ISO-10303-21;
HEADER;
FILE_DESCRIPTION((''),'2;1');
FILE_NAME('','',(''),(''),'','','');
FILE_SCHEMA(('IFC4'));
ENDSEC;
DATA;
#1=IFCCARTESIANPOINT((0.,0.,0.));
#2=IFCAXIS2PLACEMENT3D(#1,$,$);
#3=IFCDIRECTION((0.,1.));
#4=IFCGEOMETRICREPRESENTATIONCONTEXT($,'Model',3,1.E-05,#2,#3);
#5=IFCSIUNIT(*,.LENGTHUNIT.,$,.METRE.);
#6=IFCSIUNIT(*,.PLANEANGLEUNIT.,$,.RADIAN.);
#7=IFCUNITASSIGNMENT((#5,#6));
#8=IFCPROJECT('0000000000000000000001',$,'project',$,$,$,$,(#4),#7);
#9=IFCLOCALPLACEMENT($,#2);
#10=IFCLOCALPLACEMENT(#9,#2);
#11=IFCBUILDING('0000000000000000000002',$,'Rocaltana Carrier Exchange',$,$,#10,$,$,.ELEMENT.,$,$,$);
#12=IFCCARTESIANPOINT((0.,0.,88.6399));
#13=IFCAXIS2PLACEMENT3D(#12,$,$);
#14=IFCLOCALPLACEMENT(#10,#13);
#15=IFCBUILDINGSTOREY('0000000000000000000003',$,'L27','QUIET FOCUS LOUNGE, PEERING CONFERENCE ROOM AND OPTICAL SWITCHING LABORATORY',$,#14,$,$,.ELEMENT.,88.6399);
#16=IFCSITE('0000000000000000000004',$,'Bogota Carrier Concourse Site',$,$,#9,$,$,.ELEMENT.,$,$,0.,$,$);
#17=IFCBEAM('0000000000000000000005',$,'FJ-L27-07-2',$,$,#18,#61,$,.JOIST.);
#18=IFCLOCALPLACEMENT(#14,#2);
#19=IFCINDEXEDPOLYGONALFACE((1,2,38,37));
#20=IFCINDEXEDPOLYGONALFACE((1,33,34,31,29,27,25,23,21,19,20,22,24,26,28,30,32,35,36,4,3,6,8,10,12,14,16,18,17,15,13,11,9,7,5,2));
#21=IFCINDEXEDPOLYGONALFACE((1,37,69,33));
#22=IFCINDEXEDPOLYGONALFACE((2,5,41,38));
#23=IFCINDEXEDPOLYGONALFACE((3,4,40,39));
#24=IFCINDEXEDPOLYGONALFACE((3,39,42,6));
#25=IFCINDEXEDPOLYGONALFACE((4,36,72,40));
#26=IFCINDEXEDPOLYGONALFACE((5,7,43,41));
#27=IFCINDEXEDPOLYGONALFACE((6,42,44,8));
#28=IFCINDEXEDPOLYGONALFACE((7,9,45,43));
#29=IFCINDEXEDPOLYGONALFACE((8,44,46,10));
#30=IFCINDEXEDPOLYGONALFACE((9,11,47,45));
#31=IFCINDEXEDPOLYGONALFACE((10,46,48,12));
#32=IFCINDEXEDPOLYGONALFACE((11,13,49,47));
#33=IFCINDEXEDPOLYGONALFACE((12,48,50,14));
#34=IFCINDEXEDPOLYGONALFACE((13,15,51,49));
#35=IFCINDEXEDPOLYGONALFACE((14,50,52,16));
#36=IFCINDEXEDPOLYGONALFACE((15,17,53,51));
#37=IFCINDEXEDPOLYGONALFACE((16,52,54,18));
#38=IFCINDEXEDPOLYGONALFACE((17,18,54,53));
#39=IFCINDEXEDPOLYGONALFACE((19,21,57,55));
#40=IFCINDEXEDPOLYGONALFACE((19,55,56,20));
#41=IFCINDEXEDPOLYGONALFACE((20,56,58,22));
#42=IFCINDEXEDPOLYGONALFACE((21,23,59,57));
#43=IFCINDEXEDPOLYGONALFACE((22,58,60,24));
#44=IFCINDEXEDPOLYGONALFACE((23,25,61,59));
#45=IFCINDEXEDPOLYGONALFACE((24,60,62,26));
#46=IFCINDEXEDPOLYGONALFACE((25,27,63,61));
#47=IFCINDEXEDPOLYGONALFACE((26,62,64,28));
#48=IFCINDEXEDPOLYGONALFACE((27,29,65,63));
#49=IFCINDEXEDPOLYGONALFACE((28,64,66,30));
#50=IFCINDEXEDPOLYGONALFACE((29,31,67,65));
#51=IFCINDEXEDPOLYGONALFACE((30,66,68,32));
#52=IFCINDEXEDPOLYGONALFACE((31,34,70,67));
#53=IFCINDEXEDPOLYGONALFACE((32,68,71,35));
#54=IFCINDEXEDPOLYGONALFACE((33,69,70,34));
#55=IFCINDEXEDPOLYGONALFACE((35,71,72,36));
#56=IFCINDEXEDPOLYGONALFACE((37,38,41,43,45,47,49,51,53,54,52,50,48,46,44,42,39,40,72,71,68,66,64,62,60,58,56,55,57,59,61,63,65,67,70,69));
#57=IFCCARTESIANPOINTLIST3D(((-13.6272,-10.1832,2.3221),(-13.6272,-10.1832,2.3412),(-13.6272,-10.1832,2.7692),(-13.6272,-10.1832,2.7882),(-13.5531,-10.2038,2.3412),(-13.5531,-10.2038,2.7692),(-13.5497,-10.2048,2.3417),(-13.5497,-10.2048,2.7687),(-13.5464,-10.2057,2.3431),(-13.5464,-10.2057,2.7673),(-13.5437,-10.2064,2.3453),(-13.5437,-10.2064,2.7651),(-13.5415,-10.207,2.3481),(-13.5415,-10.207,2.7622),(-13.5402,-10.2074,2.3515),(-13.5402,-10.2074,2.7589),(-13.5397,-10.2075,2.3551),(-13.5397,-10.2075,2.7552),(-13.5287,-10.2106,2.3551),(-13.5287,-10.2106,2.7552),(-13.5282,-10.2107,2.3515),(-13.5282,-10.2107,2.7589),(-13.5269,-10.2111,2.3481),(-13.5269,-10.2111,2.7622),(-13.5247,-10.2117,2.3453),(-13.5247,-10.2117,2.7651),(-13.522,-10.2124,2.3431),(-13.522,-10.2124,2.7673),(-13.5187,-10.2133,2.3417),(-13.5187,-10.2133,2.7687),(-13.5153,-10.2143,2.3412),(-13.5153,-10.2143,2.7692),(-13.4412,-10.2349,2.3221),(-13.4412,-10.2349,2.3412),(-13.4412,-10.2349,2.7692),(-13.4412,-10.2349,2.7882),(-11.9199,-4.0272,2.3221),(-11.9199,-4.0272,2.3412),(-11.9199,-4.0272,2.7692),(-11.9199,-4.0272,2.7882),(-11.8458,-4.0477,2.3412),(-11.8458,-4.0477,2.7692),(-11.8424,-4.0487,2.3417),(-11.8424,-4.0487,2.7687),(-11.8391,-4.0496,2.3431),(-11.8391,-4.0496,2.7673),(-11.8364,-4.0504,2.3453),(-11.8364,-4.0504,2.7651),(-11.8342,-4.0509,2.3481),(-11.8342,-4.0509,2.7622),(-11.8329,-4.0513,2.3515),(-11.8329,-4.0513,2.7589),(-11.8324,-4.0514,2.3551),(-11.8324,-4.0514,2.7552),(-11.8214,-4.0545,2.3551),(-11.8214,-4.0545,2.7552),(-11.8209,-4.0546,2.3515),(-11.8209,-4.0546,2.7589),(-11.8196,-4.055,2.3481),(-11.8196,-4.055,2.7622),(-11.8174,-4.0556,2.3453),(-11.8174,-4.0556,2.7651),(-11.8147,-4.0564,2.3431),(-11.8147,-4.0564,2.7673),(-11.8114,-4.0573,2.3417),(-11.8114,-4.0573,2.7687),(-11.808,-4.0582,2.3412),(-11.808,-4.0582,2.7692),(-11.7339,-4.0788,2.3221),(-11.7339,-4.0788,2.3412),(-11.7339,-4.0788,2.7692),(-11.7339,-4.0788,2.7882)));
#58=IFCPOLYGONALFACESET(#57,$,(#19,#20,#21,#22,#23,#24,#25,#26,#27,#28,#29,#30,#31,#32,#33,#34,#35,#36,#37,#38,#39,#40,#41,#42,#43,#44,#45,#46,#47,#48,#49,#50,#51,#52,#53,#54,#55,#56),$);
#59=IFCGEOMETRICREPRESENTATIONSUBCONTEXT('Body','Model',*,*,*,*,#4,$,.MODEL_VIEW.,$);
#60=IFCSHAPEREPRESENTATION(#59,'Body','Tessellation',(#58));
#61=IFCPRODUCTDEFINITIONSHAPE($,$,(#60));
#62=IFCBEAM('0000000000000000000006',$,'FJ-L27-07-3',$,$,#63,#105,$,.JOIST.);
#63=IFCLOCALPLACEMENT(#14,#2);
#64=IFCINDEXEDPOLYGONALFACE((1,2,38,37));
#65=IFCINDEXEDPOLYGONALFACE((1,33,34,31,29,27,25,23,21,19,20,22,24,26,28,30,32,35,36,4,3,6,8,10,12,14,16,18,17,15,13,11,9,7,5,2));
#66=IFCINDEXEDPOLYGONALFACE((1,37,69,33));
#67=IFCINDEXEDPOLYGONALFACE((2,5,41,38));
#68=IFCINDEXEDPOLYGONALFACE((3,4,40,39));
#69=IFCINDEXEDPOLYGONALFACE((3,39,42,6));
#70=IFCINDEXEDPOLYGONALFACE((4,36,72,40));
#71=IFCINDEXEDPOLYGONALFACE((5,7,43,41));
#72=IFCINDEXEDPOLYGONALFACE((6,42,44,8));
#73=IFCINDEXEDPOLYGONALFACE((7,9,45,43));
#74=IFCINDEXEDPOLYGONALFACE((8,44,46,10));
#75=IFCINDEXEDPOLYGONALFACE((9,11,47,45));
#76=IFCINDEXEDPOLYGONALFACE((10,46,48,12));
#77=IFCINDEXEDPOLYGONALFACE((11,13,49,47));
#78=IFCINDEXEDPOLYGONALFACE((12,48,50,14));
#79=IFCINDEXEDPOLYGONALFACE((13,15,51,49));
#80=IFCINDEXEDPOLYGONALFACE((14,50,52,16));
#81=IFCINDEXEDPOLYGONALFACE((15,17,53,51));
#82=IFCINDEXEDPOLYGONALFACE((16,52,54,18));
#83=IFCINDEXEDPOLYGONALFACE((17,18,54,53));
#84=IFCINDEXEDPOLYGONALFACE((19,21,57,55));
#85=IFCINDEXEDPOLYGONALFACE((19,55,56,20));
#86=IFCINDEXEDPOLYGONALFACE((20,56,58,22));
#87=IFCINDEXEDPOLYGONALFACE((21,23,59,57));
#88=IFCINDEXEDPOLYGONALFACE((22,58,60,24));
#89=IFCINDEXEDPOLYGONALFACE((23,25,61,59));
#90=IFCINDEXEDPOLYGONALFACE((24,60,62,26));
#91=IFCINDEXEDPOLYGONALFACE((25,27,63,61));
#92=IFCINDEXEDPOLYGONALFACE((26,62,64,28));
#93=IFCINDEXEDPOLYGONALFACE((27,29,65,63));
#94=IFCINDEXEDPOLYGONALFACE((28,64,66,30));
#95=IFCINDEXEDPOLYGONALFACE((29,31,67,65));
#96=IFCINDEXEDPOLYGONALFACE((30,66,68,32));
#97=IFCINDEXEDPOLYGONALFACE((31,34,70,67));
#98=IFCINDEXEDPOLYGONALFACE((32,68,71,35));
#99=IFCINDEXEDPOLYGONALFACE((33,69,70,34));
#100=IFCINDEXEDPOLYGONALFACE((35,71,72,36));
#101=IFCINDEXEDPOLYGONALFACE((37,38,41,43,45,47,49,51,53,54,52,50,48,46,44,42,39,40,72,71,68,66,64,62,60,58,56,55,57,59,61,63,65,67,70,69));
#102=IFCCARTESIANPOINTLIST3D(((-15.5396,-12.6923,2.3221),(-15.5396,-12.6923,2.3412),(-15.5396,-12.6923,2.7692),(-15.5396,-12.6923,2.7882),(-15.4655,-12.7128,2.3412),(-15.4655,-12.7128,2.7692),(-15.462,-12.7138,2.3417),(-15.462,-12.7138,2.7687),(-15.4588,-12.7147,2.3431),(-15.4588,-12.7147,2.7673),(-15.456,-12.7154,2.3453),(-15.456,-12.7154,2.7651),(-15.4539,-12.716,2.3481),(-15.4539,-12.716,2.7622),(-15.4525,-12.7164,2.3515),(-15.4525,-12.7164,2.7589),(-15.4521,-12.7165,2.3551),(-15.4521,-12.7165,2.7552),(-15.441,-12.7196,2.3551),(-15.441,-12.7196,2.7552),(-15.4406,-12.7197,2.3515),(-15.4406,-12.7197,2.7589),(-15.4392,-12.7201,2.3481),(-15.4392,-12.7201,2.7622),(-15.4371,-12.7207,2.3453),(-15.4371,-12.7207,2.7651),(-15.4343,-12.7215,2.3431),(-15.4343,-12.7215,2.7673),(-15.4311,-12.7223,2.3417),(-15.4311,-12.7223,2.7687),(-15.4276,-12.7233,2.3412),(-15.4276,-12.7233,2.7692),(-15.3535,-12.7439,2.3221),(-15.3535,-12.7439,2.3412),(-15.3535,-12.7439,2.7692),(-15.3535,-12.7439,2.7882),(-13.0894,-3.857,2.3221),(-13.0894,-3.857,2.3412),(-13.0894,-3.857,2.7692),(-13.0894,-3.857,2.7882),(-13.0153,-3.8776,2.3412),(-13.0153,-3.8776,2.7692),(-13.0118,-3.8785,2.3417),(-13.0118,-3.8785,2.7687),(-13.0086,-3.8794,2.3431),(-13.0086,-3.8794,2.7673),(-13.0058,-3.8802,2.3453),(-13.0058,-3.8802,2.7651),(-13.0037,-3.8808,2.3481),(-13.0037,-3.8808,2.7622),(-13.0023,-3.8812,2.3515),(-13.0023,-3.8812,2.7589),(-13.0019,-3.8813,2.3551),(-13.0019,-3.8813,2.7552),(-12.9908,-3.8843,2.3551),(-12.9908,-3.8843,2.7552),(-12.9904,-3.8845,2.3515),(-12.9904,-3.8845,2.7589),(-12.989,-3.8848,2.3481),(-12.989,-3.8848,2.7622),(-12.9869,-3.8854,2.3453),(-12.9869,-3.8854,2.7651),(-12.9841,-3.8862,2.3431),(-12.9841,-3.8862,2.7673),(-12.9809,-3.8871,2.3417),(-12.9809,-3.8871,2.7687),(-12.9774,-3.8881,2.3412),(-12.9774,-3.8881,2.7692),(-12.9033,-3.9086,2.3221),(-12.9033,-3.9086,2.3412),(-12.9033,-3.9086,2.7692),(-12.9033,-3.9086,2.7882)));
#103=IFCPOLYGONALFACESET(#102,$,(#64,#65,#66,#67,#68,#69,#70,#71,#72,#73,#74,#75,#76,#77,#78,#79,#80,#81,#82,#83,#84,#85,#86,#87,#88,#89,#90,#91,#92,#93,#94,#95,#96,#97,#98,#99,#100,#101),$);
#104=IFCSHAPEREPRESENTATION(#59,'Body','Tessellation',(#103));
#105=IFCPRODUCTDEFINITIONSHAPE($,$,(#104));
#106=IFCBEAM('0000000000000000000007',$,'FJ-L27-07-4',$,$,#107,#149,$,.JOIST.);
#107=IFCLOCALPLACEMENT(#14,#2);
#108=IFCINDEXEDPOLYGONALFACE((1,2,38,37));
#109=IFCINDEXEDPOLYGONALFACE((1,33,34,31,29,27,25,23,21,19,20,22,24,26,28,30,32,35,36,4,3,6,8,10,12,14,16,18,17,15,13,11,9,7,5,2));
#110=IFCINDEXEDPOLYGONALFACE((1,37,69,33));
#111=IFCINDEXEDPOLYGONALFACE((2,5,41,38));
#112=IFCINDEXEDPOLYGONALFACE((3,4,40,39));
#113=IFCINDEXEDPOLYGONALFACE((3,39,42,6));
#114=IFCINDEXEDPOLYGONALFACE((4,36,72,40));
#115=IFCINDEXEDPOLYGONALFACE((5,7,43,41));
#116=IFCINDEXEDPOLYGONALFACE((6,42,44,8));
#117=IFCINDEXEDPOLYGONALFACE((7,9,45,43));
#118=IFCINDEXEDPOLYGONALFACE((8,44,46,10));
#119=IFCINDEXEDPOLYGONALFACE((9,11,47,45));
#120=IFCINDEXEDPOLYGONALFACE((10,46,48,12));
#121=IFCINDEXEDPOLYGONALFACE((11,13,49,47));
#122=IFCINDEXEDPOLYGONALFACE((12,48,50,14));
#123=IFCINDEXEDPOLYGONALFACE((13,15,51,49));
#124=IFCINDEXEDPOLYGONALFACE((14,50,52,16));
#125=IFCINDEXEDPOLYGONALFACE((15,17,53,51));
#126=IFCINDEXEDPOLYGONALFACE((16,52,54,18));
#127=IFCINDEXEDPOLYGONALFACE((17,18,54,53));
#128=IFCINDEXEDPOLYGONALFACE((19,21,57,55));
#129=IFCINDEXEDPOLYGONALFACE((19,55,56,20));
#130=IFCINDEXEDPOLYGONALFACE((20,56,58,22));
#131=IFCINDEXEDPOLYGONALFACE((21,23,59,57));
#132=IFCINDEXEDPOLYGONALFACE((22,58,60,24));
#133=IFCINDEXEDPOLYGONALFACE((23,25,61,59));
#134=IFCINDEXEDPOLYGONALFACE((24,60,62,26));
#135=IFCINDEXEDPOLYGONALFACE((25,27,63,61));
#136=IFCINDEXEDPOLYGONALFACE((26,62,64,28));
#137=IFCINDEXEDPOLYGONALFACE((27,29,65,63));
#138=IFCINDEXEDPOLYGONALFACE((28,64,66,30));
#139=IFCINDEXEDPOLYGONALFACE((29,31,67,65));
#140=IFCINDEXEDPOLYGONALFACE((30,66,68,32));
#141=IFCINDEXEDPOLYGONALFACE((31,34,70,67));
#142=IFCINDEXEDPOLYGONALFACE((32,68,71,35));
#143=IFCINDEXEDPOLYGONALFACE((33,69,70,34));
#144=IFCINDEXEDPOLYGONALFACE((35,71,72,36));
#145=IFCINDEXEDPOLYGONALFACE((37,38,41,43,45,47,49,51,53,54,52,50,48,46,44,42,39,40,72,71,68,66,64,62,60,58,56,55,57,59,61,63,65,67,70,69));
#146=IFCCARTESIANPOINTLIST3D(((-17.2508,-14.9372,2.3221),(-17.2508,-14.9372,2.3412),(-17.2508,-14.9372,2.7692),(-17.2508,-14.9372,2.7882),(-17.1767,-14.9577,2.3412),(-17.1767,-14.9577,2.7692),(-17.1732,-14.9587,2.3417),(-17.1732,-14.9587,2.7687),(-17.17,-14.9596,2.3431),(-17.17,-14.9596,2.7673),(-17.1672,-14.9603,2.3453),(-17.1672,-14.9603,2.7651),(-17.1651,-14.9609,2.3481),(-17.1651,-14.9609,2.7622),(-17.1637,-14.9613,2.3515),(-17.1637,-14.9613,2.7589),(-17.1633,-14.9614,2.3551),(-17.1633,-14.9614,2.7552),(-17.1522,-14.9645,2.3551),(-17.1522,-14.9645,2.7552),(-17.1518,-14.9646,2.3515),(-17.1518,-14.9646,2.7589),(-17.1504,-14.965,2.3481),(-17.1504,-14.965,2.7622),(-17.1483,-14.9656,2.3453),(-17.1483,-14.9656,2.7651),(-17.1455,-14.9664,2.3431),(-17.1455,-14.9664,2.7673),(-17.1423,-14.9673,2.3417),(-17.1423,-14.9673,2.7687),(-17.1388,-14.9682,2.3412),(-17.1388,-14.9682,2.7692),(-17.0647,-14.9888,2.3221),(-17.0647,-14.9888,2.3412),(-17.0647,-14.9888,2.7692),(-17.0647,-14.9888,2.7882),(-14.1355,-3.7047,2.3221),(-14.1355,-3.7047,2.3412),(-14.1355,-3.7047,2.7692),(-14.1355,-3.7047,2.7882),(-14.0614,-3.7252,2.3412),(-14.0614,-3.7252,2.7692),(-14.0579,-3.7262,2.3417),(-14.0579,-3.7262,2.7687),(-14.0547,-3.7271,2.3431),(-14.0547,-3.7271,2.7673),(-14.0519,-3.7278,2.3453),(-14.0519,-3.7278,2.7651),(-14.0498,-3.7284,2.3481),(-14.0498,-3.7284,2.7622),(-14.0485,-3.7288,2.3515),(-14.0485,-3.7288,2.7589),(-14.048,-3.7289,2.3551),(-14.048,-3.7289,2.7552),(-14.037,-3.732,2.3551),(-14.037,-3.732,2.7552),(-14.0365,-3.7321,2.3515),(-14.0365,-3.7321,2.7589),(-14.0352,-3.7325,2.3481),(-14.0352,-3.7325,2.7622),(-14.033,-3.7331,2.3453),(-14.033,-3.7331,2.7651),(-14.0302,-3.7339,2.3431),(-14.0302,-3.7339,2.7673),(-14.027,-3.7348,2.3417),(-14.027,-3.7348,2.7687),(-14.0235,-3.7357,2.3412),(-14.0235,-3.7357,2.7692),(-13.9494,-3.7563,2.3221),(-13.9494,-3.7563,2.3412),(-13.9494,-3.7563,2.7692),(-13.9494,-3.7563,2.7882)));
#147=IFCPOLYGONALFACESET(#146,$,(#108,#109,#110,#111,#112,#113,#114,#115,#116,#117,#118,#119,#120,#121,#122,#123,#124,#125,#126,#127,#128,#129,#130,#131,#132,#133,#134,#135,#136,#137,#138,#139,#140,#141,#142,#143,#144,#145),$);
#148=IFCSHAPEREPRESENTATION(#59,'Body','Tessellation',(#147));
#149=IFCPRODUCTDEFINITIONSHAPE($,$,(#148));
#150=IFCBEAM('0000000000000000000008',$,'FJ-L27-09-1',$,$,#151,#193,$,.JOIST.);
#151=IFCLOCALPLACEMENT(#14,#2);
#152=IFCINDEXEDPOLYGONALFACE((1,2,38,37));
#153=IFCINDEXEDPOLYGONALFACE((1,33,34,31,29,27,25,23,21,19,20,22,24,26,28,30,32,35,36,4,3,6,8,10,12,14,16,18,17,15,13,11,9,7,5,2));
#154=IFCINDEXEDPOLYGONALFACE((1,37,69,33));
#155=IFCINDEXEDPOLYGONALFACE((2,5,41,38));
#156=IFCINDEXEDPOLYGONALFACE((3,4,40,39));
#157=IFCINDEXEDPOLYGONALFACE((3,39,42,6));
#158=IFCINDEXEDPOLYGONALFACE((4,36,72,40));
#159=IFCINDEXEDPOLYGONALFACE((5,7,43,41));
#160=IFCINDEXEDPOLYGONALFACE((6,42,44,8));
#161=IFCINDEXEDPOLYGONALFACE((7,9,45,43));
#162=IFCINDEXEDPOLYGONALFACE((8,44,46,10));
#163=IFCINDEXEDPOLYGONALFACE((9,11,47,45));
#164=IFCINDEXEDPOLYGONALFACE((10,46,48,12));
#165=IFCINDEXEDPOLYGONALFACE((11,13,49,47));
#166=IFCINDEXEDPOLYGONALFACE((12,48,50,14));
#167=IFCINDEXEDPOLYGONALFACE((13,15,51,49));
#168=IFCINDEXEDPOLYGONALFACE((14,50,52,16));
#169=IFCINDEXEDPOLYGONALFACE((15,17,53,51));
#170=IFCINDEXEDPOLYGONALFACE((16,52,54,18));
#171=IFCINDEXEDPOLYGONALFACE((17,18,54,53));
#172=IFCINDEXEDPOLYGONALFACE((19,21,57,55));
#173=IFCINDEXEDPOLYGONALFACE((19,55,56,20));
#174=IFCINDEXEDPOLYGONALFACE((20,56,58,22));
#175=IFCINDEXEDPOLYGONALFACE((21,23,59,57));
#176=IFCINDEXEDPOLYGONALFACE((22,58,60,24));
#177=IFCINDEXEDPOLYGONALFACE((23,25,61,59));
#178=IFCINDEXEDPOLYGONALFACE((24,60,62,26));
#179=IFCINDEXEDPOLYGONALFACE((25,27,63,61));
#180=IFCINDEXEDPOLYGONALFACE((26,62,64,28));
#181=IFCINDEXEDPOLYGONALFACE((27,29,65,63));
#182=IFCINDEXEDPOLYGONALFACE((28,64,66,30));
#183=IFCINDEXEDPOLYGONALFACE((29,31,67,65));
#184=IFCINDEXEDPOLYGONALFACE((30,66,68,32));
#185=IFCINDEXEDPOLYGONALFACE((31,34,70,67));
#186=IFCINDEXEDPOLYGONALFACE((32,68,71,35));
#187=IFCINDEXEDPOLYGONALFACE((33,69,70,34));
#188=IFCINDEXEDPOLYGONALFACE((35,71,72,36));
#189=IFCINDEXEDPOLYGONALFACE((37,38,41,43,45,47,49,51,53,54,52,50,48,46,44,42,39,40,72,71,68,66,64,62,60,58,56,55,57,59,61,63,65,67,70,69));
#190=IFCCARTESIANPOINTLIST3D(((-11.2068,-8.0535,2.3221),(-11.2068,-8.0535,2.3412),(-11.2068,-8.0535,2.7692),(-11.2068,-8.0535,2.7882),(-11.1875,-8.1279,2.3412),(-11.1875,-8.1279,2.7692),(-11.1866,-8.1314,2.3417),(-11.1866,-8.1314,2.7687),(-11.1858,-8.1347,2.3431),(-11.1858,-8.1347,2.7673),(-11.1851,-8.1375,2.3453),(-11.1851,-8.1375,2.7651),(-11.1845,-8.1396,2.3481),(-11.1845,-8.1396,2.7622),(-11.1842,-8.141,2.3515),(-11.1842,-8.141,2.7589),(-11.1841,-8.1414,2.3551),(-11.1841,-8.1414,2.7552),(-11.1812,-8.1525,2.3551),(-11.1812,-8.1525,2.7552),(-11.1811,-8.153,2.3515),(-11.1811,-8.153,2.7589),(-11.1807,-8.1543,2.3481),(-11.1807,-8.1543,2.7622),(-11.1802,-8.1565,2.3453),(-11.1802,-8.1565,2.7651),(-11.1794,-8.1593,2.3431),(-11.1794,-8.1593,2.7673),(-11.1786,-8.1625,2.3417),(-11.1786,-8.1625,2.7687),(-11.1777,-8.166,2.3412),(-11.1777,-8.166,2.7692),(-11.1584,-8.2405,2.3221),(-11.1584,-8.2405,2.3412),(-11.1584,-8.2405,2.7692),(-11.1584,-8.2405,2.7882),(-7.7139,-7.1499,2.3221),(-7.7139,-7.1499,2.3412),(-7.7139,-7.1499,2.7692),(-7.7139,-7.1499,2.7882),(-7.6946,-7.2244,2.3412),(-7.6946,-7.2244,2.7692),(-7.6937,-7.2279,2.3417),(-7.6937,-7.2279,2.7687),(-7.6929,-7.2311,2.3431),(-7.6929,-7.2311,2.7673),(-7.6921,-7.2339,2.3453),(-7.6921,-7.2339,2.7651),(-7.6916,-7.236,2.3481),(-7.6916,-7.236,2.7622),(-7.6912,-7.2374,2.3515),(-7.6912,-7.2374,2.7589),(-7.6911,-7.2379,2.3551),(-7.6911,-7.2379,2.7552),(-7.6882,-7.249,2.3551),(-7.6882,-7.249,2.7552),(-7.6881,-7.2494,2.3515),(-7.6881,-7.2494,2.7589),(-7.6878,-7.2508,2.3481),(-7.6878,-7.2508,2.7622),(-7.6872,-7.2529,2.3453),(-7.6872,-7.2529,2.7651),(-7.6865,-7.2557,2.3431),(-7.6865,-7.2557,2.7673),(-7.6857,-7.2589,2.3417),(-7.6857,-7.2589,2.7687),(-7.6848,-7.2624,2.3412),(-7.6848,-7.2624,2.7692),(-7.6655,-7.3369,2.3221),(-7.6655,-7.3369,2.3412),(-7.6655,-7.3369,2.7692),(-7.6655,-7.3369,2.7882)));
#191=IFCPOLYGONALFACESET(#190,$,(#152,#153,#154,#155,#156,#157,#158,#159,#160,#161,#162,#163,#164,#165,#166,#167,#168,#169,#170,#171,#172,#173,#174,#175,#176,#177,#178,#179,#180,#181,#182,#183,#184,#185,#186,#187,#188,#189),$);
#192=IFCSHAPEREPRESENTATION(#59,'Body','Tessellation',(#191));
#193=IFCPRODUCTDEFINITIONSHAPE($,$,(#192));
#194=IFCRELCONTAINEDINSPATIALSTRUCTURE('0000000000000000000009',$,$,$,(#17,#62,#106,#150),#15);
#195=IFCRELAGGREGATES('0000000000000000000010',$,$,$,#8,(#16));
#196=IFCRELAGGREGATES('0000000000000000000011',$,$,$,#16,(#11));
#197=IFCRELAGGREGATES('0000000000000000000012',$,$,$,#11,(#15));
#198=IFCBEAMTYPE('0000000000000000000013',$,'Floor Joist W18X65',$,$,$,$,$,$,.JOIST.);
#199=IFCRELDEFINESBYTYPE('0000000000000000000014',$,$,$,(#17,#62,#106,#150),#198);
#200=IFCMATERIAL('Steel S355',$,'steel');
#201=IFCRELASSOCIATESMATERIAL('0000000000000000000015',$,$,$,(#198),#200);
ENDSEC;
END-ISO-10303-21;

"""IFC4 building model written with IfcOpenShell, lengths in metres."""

from ifc_helpers import new_model, si_unit, direction, frame, origin, origin_2d, place, context, subcontext, project, spatial, i_section, extrude, material, material_profile, profile_set, type_object, element, save


model = new_model("IFC4")

# Units and contexts
model_context = context("Model", 3, precision=1e-05, world=origin(), true_north=direction((0.0, 1.0)))
body_context = subcontext(model_context, "Body", "Model", "MODEL_VIEW")
ifc_project = project(units=[si_unit("LENGTHUNIT", "METRE"), si_unit("PLANEANGLEUNIT", "RADIAN")], contexts=[model_context])

# Site, building, storey
site_placement = place(None, origin())
site = spatial("IfcSite", under=ifc_project, at=site_placement, Name="Bogota Carrier Concourse Site", CompositionType="ELEMENT", RefElevation=0.0)
building_placement = place(site_placement, origin())
building = spatial("IfcBuilding", under=site, at=building_placement, Name="Rocaltana Carrier Exchange", CompositionType="ELEMENT")
storey_placement = place(building_placement, frame((0.0, 0.0, 88.6399)))
storey = spatial("IfcBuildingStorey", under=building, at=storey_placement, Name="L27", Description="QUIET FOCUS LOUNGE, PEERING CONFERENCE ROOM AND OPTICAL SWITCHING LABORATORY", CompositionType="ELEMENT", Elevation=88.6399)

# Beams
ifc_material_1 = material(Name="Steel S355", Category="steel")
ifc_material_profile_1 = material_profile(ifc_material_1, i_section(OverallWidth=0.1931, OverallDepth=0.4661, WebThickness=0.0115, FlangeThickness=0.019, FilletRadius=0.0139, at=origin_2d()), Name="W18X65")
ifc_profile_set_1 = profile_set([ifc_material_profile_1], Name="Steel S355")
beam_type_1 = type_object("IfcBeamType", Name="Floor Joist W18X65", PredefinedType="JOIST", material=ifc_profile_set_1)
beam_1_placement = place(storey_placement, frame((-11.8269, -4.053, 2.5552), z_axis=(-0.267248, -0.963628, 0.0), x_axis=(0.963628, -0.267248, 0.0)))
element("IfcBeam", 1, at=beam_1_placement, inside=storey, type_object=beam_type_1, Name="FJ-L27-07-2", PredefinedType="JOIST", context=body_context, shape_type="SweptSolid", body=[
    extrude(i_section(OverallWidth=0.1931, OverallDepth=0.4661, WebThickness=0.0115, FlangeThickness=0.019, FilletRadius=0.0139, at=origin_2d()), origin(), (0.0, 0.0, 1.0), 6.3884),
])
beam_2_placement = place(storey_placement, frame((-12.9963, -3.8828, 2.5552), z_axis=(-0.267236, -0.963631, 0.0), x_axis=(0.963631, -0.267236, 0.0)))
element("IfcBeam", 2, at=beam_2_placement, inside=storey, type_object=beam_type_1, Name="FJ-L27-07-3", PredefinedType="JOIST", context=body_context, shape_type="SweptSolid", body=[
    extrude(i_section(OverallWidth=0.1931, OverallDepth=0.4661, WebThickness=0.0115, FlangeThickness=0.019, FilletRadius=0.0139, at=origin_2d()), origin(), (0.0, 0.0, 1.0), 9.1687),
])
beam_3_placement = place(storey_placement, frame((-14.0425, -3.7305, 2.5552), z_axis=(-0.267255, -0.963626, 0.0), x_axis=(0.963626, -0.267255, 0.0)))
element("IfcBeam", 3, at=beam_3_placement, inside=storey, type_object=beam_type_1, Name="FJ-L27-07-4", PredefinedType="JOIST", context=body_context, shape_type="SweptSolid", body=[
    extrude(i_section(OverallWidth=0.1931, OverallDepth=0.4661, WebThickness=0.0115, FlangeThickness=0.019, FilletRadius=0.0139, at=origin_2d()), origin(), (0.0, 0.0, 1.0), 11.6565),
])
beam_4_placement = place(storey_placement, frame((-11.1826, -8.147, 2.5552), z_axis=(0.968132, 0.250441, 0.0), x_axis=(-0.250441, 0.968132, 0.0)))
element("IfcBeam", 4, at=beam_4_placement, inside=storey, type_object=beam_type_1, Name="FJ-L27-09-1", PredefinedType="JOIST", context=body_context, shape_type="SweptSolid", body=[
    extrude(i_section(OverallWidth=0.1931, OverallDepth=0.4661, WebThickness=0.0115, FlangeThickness=0.019, FilletRadius=0.0139, at=origin_2d()), origin(), (0.0, 0.0, 1.0), 3.6079),
])

save(model, "model.ifc")
